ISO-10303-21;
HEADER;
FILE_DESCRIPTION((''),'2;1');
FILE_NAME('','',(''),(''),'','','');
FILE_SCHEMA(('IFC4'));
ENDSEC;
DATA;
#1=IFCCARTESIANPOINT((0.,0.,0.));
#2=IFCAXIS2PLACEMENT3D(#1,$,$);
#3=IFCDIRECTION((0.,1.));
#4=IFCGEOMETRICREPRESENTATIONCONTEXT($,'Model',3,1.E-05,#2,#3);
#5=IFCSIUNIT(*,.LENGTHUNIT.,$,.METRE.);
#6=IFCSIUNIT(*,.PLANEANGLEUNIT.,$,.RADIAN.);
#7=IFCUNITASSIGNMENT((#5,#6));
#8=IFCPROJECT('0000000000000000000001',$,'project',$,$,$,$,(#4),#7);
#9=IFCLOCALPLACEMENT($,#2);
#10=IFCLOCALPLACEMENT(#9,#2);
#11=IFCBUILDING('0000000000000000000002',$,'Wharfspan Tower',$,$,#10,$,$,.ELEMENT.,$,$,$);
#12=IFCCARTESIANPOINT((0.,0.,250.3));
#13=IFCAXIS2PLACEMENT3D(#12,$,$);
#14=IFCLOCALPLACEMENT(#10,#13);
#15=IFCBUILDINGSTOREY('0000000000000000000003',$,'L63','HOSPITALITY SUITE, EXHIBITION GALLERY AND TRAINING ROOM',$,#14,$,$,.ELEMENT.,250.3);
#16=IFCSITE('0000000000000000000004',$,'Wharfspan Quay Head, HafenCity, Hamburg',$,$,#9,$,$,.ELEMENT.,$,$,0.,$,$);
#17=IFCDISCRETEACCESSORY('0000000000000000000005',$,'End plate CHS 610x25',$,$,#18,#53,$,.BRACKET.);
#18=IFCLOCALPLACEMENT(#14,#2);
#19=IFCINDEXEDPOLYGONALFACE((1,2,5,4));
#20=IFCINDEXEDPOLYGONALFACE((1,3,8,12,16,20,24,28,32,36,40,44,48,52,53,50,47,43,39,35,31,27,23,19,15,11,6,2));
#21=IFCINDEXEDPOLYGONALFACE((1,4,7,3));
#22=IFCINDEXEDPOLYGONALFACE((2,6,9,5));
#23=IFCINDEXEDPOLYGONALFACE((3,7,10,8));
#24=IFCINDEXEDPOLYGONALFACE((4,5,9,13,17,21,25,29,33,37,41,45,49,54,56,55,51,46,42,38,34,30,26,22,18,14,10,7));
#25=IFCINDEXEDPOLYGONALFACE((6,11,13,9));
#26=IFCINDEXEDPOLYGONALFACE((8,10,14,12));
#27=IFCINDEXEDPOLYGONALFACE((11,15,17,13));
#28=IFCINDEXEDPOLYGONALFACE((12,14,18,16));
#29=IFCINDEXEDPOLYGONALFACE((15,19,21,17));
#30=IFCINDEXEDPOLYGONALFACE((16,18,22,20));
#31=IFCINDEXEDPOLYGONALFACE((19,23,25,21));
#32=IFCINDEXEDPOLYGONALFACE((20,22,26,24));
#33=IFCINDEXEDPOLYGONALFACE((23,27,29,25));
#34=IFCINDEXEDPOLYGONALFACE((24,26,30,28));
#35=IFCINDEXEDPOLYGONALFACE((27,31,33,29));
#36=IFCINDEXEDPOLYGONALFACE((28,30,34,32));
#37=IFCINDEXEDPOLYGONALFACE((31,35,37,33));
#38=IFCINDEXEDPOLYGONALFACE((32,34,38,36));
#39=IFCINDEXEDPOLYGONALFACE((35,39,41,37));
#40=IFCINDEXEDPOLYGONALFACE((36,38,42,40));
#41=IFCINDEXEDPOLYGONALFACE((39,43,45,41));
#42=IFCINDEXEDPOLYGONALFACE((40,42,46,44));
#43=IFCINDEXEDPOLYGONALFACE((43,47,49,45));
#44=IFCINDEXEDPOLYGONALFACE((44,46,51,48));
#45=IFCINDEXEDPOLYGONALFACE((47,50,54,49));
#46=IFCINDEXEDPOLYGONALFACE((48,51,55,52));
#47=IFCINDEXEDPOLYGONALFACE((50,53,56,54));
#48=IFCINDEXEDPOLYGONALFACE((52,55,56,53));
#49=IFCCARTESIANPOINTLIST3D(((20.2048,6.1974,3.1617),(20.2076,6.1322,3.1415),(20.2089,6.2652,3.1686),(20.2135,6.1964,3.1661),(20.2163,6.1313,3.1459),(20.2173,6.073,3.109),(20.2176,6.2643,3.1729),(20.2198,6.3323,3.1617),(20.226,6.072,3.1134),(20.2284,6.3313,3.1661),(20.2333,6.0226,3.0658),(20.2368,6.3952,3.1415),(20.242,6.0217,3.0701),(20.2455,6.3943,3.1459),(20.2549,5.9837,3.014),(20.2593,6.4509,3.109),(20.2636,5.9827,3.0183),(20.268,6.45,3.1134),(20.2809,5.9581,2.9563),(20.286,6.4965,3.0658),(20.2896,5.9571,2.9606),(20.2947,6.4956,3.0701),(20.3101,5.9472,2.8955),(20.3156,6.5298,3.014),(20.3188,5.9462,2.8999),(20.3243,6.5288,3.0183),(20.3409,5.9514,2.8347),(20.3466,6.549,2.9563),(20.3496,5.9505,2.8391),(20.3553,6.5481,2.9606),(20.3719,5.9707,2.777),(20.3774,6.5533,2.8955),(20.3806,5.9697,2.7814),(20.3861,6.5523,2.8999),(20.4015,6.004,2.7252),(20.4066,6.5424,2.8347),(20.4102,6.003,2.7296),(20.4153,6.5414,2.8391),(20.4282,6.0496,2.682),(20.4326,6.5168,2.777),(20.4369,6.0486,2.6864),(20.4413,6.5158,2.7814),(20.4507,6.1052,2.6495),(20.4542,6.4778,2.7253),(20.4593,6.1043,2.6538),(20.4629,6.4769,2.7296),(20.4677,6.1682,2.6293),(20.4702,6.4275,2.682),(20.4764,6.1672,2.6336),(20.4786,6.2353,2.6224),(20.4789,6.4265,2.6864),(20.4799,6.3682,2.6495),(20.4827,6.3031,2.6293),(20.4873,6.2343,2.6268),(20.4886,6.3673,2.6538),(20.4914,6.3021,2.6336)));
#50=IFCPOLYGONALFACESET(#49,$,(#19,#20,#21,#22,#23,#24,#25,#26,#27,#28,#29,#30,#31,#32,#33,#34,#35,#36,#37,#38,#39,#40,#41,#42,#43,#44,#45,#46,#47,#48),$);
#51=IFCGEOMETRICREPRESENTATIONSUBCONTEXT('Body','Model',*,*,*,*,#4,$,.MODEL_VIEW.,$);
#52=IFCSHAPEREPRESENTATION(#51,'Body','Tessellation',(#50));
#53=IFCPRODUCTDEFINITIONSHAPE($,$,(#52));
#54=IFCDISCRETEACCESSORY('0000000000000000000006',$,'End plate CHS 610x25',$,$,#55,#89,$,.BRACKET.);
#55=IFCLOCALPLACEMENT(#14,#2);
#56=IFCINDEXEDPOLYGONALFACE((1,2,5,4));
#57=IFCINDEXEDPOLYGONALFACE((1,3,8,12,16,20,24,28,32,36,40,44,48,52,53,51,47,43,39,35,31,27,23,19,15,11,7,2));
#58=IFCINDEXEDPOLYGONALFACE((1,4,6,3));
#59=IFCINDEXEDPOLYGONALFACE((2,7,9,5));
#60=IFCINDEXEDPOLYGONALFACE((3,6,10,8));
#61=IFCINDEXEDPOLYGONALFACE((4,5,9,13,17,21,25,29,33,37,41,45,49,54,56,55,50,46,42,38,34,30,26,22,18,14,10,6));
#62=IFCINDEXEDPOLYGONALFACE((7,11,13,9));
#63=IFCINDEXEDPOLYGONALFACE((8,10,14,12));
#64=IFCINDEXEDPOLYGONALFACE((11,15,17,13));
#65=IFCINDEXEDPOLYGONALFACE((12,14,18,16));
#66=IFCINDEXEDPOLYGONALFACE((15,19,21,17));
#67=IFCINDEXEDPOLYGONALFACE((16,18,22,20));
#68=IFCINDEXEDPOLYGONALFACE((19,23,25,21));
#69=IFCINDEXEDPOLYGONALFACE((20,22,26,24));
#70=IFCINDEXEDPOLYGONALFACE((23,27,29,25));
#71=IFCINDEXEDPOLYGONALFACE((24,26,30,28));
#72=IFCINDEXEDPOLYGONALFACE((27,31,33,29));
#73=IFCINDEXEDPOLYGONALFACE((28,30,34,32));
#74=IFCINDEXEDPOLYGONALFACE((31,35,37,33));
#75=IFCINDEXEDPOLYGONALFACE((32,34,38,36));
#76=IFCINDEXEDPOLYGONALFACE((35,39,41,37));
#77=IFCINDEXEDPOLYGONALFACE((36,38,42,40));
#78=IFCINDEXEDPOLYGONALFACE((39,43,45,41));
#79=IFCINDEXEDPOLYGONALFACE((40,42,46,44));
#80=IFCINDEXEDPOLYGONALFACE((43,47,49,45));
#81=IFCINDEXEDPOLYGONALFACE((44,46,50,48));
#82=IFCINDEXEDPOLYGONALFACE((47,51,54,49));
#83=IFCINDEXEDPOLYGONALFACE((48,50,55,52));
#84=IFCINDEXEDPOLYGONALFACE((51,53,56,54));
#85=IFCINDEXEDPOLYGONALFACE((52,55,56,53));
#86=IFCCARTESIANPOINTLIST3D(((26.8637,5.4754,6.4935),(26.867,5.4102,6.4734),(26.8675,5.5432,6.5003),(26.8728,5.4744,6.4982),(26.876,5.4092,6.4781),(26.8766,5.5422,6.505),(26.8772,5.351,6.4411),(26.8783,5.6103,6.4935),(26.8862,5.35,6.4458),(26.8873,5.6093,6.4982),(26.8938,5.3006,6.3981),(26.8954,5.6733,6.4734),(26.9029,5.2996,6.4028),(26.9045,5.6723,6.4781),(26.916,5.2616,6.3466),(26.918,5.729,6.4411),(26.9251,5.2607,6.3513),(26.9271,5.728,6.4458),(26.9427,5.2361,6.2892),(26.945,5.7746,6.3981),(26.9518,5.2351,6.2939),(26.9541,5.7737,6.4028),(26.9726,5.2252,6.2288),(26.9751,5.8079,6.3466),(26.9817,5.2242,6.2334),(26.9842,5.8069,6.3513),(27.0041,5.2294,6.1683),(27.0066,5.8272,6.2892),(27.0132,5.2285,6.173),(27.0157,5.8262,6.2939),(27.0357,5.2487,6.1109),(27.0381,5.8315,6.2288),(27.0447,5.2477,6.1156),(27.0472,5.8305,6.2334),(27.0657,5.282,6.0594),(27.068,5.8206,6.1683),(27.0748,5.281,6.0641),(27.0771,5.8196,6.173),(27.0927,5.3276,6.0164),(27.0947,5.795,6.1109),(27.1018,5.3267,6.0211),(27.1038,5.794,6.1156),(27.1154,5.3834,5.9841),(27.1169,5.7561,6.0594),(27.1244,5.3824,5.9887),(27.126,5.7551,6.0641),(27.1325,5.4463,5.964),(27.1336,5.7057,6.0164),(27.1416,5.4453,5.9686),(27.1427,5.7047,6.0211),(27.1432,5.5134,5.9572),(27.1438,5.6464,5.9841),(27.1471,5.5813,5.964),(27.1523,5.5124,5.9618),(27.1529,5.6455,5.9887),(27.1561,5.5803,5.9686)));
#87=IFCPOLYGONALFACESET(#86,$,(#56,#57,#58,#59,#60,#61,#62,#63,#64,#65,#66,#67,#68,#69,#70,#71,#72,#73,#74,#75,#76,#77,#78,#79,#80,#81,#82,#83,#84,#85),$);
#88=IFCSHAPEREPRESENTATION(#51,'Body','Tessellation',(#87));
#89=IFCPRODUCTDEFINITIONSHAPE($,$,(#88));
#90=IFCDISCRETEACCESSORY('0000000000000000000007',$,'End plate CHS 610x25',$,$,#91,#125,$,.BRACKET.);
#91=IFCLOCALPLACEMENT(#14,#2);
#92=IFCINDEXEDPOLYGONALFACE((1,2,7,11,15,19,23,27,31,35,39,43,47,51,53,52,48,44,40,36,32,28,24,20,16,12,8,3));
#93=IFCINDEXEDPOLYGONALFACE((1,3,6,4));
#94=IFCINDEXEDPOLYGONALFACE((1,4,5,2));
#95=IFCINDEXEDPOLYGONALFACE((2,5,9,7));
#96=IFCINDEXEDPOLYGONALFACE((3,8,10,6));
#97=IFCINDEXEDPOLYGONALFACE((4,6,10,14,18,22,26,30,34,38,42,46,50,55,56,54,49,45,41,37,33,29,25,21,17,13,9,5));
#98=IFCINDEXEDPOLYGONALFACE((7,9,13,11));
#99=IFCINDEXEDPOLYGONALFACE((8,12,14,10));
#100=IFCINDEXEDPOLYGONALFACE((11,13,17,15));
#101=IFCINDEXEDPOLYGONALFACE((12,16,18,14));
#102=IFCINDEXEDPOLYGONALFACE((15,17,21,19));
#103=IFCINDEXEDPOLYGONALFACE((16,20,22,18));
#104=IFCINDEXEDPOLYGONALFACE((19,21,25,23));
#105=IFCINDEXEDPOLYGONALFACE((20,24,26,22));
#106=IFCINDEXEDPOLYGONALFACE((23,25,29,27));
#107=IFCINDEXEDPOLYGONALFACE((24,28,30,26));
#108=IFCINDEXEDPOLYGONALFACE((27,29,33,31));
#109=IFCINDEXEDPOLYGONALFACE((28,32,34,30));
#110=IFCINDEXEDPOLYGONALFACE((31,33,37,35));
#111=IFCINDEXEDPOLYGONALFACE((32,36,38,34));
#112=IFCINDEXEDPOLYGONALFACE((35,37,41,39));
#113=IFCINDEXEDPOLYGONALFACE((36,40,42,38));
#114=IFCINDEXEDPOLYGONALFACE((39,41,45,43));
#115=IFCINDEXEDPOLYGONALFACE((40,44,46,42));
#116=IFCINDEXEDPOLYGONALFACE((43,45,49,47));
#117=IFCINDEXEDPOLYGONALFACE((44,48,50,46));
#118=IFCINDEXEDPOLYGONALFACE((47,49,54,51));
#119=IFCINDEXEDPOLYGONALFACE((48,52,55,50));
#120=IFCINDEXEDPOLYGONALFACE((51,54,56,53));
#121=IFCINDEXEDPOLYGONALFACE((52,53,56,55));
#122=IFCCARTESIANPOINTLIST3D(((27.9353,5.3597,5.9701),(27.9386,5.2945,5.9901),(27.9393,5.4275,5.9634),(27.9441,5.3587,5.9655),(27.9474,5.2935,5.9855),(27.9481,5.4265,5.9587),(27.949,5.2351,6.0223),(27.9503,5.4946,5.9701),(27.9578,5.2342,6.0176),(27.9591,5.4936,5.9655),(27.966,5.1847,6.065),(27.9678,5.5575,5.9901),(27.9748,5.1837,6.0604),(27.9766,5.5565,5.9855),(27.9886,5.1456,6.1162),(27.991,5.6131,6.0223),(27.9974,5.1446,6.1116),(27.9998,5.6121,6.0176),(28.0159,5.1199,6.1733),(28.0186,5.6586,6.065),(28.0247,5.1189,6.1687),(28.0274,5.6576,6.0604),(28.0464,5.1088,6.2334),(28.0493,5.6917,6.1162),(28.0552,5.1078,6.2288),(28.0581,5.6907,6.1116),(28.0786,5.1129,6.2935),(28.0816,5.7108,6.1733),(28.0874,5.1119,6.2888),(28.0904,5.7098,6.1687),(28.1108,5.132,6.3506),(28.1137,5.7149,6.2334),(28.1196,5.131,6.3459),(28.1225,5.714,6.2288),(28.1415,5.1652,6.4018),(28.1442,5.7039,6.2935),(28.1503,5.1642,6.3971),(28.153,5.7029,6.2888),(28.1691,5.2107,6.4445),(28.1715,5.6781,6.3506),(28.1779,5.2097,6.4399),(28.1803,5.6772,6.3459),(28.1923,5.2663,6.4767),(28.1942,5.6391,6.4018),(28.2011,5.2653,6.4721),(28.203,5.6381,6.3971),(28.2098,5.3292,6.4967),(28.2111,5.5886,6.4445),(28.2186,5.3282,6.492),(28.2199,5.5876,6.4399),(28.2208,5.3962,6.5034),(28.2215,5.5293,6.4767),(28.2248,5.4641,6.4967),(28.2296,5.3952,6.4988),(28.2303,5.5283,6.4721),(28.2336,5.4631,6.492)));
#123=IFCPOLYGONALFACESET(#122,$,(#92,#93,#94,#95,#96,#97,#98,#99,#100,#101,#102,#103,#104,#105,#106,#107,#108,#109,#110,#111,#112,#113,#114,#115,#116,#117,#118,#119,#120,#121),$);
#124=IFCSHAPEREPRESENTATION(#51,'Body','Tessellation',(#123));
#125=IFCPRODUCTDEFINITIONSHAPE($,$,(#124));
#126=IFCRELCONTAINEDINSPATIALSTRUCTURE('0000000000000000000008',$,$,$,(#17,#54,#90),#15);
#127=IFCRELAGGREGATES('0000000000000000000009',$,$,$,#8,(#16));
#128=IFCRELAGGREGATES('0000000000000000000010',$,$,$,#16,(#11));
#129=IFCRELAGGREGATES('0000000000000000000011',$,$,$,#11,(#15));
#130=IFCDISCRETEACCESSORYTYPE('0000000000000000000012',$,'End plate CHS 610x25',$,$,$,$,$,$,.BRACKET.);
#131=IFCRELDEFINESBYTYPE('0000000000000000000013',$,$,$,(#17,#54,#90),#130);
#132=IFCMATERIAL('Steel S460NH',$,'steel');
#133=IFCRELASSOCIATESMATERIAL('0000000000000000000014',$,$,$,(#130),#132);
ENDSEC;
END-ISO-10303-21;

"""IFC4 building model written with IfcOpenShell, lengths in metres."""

from ifc_helpers import new_model, si_unit, direction, frame, origin, origin_2d, place, context, subcontext, project, spatial, circle, extrude, material, material_profile, profile_set, type_object, element, save


model = new_model("IFC4")

# Units and contexts
model_context = context("Model", 3, precision=1e-05, world=origin(), true_north=direction((0.0, 1.0)))
body_context = subcontext(model_context, "Body", "Model", "MODEL_VIEW")
ifc_project = project(units=[si_unit("LENGTHUNIT", "METRE"), si_unit("PLANEANGLEUNIT", "RADIAN")], contexts=[model_context])

# Site, building, storey
site_placement = place(None, origin())
site = spatial("IfcSite", under=ifc_project, at=site_placement, Name="Wharfspan Quay Head, HafenCity, Hamburg", CompositionType="ELEMENT", RefElevation=0.0)
building_placement = place(site_placement, origin())
building = spatial("IfcBuilding", under=site, at=building_placement, Name="Wharfspan Tower", CompositionType="ELEMENT")
storey_placement = place(building_placement, frame((0.0, 0.0, 250.3)))
storey = spatial("IfcBuildingStorey", under=building, at=storey_placement, Name="L63", Description="HOSPITALITY SUITE, EXHIBITION GALLERY AND TRAINING ROOM", CompositionType="ELEMENT", Elevation=250.3)

# Shared definitions
ifc_material_1 = material(Name="Steel S460NH", Category="steel")

# Discrete accessories
ifc_material_profile_1 = material_profile(ifc_material_1, circle(Radius=0.3049, at=origin_2d()))
ifc_profile_set_1 = profile_set([ifc_material_profile_1], Name="Steel S460NH")
discrete_accessory_type = type_object("IfcDiscreteAccessoryType", Name="End plate CHS 610x25", PredefinedType="BRACKET", material=ifc_profile_set_1)
discrete_accessory_1_placement = place(storey_placement, frame((20.3438, 6.2502, 2.8955), z_axis=(0.890043, -0.098894, 0.445021), x_axis=(0.110431, 0.99388, 0.000001)))
element("IfcDiscreteAccessory", 1, at=discrete_accessory_1_placement, inside=storey, type_object=discrete_accessory_type, Name="End plate CHS 610x25", PredefinedType="BRACKET", context=body_context, shape_type="SweptSolid", body=[
    extrude(circle(Radius=0.3049, at=origin_2d()), origin(), (0.0, 0.0, 1.0), 0.0098),
])
discrete_accessory_2_placement = place(storey_placement, frame((27.0054, 5.5283, 6.2288), z_axis=(0.885482, -0.095728, 0.454707), x_axis=(0.107482, 0.994211, 0.000001)))
element("IfcDiscreteAccessory", 2, at=discrete_accessory_2_placement, inside=storey, type_object=discrete_accessory_type, Name="End plate CHS 610x25", PredefinedType="BRACKET", context=body_context, shape_type="SweptSolid", body=[
    extrude(circle(Radius=0.3049, at=origin_2d()), origin(), (0.0, 0.0, 1.0), 0.0103),
])
discrete_accessory_3_placement = place(storey_placement, frame((28.0889, 5.4109, 6.2288), z_axis=(-0.880146, 0.097794, 0.464521), x_axis=(-0.110432, -0.993888, 0.0)))
element("IfcDiscreteAccessory", 3, at=discrete_accessory_3_placement, inside=storey, type_object=discrete_accessory_type, Name="End plate CHS 610x25", PredefinedType="BRACKET", context=body_context, shape_type="SweptSolid", body=[
    extrude(circle(Radius=0.3049, at=origin_2d()), origin(), (0.0, 0.0, 1.0), 0.01),
])

save(model, "model.ifc")
